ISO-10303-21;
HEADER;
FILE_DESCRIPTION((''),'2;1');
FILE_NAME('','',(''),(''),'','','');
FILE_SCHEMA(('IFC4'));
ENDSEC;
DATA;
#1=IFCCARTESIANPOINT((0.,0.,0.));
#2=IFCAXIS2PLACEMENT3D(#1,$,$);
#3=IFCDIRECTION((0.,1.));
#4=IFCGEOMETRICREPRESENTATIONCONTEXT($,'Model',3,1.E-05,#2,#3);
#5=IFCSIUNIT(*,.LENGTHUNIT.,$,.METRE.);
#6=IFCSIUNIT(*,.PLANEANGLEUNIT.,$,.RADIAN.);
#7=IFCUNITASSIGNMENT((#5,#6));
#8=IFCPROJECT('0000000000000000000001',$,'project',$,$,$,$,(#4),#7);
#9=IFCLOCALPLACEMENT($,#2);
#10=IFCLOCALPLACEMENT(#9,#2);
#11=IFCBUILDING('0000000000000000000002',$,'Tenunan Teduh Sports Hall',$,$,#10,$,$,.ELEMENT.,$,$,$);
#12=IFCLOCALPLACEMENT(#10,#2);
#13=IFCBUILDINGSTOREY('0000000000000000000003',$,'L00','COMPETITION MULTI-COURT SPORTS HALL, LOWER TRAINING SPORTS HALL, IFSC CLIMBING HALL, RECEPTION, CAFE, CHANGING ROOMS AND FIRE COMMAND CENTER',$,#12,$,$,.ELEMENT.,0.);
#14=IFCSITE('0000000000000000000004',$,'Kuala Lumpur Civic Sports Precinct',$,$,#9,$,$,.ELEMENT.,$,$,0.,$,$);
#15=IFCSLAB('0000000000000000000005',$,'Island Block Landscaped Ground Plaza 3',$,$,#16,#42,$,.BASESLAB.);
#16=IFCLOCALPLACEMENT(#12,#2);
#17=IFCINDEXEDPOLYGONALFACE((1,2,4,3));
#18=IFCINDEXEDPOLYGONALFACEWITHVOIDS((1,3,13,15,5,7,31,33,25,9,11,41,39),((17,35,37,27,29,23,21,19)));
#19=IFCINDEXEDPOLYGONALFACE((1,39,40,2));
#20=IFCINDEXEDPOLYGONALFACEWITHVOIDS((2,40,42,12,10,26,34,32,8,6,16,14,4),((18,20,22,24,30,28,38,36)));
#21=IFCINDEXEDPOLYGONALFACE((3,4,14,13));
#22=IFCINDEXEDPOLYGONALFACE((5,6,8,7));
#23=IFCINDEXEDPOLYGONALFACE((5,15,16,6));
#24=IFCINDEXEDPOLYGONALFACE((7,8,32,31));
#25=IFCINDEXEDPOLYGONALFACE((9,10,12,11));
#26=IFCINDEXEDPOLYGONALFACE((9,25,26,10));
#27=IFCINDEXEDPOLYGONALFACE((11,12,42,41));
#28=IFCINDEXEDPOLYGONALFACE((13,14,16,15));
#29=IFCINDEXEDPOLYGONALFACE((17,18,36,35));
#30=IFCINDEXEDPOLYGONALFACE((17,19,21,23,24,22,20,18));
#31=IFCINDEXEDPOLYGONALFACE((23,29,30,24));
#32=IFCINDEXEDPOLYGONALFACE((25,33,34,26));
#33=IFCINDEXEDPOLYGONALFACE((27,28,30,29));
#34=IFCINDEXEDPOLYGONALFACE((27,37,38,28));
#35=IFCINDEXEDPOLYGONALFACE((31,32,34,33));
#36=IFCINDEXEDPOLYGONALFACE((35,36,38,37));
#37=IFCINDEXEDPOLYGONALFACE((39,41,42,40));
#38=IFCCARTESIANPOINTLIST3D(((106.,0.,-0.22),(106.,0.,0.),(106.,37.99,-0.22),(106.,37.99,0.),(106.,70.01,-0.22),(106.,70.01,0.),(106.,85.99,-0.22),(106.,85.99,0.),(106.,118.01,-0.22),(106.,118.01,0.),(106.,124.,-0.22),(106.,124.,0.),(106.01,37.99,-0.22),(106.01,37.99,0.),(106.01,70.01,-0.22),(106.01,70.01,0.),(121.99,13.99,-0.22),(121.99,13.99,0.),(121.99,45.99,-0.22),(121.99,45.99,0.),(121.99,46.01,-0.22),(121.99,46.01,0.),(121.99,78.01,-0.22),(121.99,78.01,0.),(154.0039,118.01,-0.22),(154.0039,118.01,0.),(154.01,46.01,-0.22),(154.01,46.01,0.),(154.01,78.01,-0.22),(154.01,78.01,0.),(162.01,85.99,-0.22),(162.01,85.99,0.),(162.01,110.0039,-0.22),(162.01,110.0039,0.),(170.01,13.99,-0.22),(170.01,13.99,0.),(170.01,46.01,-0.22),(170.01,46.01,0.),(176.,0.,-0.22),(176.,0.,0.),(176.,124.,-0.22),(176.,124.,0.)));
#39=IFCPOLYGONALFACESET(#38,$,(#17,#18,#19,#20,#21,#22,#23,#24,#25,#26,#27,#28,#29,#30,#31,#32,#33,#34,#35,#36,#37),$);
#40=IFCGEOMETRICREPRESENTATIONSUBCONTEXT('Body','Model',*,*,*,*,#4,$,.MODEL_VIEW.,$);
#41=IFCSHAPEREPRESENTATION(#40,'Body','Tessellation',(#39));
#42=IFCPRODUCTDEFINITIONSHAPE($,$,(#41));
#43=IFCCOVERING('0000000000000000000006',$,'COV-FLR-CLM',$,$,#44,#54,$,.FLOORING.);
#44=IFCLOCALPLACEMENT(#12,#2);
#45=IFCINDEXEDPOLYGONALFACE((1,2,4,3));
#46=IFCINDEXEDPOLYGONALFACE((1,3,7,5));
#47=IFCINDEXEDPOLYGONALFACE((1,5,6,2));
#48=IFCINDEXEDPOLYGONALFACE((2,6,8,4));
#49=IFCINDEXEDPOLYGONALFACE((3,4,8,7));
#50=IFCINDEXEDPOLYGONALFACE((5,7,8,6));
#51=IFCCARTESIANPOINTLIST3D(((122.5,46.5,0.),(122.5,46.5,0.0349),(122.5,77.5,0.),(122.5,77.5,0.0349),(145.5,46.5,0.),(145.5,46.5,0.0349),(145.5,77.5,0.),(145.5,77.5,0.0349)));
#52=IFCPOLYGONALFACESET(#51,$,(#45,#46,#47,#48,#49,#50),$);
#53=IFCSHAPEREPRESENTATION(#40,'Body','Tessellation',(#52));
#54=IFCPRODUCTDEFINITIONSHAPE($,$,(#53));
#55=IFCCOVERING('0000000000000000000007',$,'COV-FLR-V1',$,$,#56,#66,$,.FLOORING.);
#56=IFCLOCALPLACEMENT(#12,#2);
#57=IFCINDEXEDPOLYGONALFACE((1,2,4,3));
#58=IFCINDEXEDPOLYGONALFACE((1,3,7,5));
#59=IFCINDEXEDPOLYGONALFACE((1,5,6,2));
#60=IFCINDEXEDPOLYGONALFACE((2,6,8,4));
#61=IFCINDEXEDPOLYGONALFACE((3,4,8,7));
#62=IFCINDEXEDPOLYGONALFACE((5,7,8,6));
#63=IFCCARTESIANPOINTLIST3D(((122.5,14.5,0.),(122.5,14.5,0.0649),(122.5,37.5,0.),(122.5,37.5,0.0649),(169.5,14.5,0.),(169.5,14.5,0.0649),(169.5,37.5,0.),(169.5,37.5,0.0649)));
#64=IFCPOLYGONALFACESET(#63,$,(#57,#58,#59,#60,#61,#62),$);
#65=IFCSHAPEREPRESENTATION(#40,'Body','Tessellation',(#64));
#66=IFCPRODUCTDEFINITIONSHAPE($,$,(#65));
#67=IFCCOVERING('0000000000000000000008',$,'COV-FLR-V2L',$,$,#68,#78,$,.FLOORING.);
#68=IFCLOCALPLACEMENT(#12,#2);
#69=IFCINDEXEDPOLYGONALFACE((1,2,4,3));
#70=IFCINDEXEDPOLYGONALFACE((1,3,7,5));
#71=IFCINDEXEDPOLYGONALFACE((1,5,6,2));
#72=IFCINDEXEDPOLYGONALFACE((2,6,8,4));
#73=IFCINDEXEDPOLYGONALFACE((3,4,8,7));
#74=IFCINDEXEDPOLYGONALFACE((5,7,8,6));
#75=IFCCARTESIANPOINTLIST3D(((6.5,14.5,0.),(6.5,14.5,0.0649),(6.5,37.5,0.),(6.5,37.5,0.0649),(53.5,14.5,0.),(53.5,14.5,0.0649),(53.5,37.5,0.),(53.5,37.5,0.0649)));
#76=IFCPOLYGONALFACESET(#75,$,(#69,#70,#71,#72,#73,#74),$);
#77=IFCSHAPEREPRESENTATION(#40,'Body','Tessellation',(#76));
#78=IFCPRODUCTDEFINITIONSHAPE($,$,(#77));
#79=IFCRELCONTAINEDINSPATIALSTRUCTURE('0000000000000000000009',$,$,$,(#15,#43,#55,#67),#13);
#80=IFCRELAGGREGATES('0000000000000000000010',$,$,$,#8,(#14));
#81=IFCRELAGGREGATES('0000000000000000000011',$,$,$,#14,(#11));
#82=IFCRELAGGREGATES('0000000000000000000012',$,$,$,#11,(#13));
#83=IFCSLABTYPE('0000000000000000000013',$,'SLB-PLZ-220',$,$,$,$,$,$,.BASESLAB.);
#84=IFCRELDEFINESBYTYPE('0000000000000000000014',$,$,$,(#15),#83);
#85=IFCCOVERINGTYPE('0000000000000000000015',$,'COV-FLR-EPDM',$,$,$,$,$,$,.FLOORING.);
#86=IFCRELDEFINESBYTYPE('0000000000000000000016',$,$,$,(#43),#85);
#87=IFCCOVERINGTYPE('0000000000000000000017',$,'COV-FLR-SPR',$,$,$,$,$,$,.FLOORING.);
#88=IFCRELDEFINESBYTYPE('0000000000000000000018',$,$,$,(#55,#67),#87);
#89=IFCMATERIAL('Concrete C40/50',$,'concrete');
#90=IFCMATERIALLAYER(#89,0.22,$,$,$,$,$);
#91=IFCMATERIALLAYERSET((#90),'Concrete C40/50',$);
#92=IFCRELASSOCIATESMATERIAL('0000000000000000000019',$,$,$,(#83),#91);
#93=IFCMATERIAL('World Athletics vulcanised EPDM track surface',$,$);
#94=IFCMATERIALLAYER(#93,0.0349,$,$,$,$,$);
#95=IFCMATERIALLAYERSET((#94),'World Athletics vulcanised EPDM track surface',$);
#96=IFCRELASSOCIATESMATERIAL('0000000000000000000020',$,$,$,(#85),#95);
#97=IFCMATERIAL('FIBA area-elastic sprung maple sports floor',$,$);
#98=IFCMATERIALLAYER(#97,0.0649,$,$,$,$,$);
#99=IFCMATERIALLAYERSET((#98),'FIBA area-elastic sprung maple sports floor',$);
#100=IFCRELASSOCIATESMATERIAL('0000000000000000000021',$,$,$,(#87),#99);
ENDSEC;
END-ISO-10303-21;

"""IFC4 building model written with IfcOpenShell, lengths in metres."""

from ifc_helpers import new_model, si_unit, direction, frame, origin, place, context, subcontext, project, spatial, polyline, outline, extrude, material, layer, layer_set, type_object, element, save


model = new_model("IFC4")

# Units and contexts
model_context = context("Model", 3, precision=1e-05, world=origin(), true_north=direction((0.0, 1.0)))
body_context = subcontext(model_context, "Body", "Model", "MODEL_VIEW")
ifc_project = project(units=[si_unit("LENGTHUNIT", "METRE"), si_unit("PLANEANGLEUNIT", "RADIAN")], contexts=[model_context])

# Site, building, storey
site_placement = place(None, origin())
site = spatial("IfcSite", under=ifc_project, at=site_placement, Name="Kuala Lumpur Civic Sports Precinct", CompositionType="ELEMENT", RefElevation=0.0)
building_placement = place(site_placement, origin())
building = spatial("IfcBuilding", under=site, at=building_placement, Name="Tenunan Teduh Sports Hall", CompositionType="ELEMENT")
storey_placement = place(building_placement, origin())
storey = spatial("IfcBuildingStorey", under=building, at=storey_placement, Name="L00", Description="COMPETITION MULTI-COURT SPORTS HALL, LOWER TRAINING SPORTS HALL, IFSC CLIMBING HALL, RECEPTION, CAFE, CHANGING ROOMS AND FIRE COMMAND CENTER", CompositionType="ELEMENT", Elevation=0.0)

# Slab
ifc_material_1 = material(Name="Concrete C40/50", Category="concrete")
ifc_layer_1 = layer(ifc_material_1, 0.22)
ifc_layer_set_1 = layer_set([ifc_layer_1], Name="Concrete C40/50")
slab_type_1 = type_object("IfcSlabType", Name="SLB-PLZ-220", PredefinedType="BASESLAB", material=ifc_layer_set_1)
slab_1_placement = place(storey_placement, frame((0.0, 0.0, -0.22)))
element("IfcSlab", 1, at=slab_1_placement, inside=storey, type_object=slab_type_1, Name="Island Block Landscaped Ground Plaza 3", PredefinedType="BASESLAB", context=body_context, shape_type="SweptSolid", body=[
    extrude(outline(polyline([(106.0, 124.0), (176.0, 124.0), (176.0, 0.0), (106.0, 0.0), (106.0, 37.99), (106.01, 37.99), (106.01, 70.01), (106.0, 70.01), (106.0, 85.99), (162.01, 85.99), (162.01, 110.0039), (154.0039, 118.01), (106.0, 118.01), (106.0, 124.0)]), holes=[polyline([(170.01, 46.01), (154.01, 46.01), (154.01, 78.01), (121.99, 78.01), (121.99, 46.01), (121.99, 45.99), (121.99, 13.99), (170.01, 13.99), (170.01, 46.01)])]), origin(), (0.0, 0.0, 1.0), 0.22),
])

# Coverings
ifc_material_2 = material(Name="World Athletics vulcanised EPDM track surface")
ifc_layer_2 = layer(ifc_material_2, 0.0349)
ifc_layer_set_2 = layer_set([ifc_layer_2], Name="World Athletics vulcanised EPDM track surface")
covering_type_1 = type_object("IfcCoveringType", Name="COV-FLR-EPDM", PredefinedType="FLOORING", material=ifc_layer_set_2)
covering_1_placement = place(storey_placement, origin())
element("IfcCovering", 2, at=covering_1_placement, inside=storey, type_object=covering_type_1, Name="COV-FLR-CLM", PredefinedType="FLOORING", context=body_context, shape_type="SweptSolid", body=[
    extrude(outline(polyline([(122.5, 46.5), (145.5, 46.5), (145.5, 77.5), (122.5, 77.5), (122.5, 46.5)])), origin(), (0.0, 0.0, 1.0), 0.0349),
])
ifc_material_3 = material(Name="FIBA area-elastic sprung maple sports floor")
ifc_layer_3 = layer(ifc_material_3, 0.0649)
ifc_layer_set_3 = layer_set([ifc_layer_3], Name="FIBA area-elastic sprung maple sports floor")
covering_type_2 = type_object("IfcCoveringType", Name="COV-FLR-SPR", PredefinedType="FLOORING", material=ifc_layer_set_3)
covering_2_placement = place(storey_placement, origin())
element("IfcCovering", 3, at=covering_2_placement, inside=storey, type_object=covering_type_2, Name="COV-FLR-V1", PredefinedType="FLOORING", context=body_context, shape_type="SweptSolid", body=[
    extrude(outline(polyline([(122.5, 14.5), (169.5, 14.5), (169.5, 37.5), (122.5, 37.5), (122.5, 14.5)])), origin(), (0.0, 0.0, 1.0), 0.0649),
])
covering_3_placement = place(storey_placement, origin())
element("IfcCovering", 4, at=covering_3_placement, inside=storey, type_object=covering_type_2, Name="COV-FLR-V2L", PredefinedType="FLOORING", context=body_context, shape_type="SweptSolid", body=[
    extrude(outline(polyline([(6.5, 14.5), (53.5, 14.5), (53.5, 37.5), (6.5, 37.5), (6.5, 14.5)])), origin(), (0.0, 0.0, 1.0), 0.0649),
])

save(model, "model.ifc")
